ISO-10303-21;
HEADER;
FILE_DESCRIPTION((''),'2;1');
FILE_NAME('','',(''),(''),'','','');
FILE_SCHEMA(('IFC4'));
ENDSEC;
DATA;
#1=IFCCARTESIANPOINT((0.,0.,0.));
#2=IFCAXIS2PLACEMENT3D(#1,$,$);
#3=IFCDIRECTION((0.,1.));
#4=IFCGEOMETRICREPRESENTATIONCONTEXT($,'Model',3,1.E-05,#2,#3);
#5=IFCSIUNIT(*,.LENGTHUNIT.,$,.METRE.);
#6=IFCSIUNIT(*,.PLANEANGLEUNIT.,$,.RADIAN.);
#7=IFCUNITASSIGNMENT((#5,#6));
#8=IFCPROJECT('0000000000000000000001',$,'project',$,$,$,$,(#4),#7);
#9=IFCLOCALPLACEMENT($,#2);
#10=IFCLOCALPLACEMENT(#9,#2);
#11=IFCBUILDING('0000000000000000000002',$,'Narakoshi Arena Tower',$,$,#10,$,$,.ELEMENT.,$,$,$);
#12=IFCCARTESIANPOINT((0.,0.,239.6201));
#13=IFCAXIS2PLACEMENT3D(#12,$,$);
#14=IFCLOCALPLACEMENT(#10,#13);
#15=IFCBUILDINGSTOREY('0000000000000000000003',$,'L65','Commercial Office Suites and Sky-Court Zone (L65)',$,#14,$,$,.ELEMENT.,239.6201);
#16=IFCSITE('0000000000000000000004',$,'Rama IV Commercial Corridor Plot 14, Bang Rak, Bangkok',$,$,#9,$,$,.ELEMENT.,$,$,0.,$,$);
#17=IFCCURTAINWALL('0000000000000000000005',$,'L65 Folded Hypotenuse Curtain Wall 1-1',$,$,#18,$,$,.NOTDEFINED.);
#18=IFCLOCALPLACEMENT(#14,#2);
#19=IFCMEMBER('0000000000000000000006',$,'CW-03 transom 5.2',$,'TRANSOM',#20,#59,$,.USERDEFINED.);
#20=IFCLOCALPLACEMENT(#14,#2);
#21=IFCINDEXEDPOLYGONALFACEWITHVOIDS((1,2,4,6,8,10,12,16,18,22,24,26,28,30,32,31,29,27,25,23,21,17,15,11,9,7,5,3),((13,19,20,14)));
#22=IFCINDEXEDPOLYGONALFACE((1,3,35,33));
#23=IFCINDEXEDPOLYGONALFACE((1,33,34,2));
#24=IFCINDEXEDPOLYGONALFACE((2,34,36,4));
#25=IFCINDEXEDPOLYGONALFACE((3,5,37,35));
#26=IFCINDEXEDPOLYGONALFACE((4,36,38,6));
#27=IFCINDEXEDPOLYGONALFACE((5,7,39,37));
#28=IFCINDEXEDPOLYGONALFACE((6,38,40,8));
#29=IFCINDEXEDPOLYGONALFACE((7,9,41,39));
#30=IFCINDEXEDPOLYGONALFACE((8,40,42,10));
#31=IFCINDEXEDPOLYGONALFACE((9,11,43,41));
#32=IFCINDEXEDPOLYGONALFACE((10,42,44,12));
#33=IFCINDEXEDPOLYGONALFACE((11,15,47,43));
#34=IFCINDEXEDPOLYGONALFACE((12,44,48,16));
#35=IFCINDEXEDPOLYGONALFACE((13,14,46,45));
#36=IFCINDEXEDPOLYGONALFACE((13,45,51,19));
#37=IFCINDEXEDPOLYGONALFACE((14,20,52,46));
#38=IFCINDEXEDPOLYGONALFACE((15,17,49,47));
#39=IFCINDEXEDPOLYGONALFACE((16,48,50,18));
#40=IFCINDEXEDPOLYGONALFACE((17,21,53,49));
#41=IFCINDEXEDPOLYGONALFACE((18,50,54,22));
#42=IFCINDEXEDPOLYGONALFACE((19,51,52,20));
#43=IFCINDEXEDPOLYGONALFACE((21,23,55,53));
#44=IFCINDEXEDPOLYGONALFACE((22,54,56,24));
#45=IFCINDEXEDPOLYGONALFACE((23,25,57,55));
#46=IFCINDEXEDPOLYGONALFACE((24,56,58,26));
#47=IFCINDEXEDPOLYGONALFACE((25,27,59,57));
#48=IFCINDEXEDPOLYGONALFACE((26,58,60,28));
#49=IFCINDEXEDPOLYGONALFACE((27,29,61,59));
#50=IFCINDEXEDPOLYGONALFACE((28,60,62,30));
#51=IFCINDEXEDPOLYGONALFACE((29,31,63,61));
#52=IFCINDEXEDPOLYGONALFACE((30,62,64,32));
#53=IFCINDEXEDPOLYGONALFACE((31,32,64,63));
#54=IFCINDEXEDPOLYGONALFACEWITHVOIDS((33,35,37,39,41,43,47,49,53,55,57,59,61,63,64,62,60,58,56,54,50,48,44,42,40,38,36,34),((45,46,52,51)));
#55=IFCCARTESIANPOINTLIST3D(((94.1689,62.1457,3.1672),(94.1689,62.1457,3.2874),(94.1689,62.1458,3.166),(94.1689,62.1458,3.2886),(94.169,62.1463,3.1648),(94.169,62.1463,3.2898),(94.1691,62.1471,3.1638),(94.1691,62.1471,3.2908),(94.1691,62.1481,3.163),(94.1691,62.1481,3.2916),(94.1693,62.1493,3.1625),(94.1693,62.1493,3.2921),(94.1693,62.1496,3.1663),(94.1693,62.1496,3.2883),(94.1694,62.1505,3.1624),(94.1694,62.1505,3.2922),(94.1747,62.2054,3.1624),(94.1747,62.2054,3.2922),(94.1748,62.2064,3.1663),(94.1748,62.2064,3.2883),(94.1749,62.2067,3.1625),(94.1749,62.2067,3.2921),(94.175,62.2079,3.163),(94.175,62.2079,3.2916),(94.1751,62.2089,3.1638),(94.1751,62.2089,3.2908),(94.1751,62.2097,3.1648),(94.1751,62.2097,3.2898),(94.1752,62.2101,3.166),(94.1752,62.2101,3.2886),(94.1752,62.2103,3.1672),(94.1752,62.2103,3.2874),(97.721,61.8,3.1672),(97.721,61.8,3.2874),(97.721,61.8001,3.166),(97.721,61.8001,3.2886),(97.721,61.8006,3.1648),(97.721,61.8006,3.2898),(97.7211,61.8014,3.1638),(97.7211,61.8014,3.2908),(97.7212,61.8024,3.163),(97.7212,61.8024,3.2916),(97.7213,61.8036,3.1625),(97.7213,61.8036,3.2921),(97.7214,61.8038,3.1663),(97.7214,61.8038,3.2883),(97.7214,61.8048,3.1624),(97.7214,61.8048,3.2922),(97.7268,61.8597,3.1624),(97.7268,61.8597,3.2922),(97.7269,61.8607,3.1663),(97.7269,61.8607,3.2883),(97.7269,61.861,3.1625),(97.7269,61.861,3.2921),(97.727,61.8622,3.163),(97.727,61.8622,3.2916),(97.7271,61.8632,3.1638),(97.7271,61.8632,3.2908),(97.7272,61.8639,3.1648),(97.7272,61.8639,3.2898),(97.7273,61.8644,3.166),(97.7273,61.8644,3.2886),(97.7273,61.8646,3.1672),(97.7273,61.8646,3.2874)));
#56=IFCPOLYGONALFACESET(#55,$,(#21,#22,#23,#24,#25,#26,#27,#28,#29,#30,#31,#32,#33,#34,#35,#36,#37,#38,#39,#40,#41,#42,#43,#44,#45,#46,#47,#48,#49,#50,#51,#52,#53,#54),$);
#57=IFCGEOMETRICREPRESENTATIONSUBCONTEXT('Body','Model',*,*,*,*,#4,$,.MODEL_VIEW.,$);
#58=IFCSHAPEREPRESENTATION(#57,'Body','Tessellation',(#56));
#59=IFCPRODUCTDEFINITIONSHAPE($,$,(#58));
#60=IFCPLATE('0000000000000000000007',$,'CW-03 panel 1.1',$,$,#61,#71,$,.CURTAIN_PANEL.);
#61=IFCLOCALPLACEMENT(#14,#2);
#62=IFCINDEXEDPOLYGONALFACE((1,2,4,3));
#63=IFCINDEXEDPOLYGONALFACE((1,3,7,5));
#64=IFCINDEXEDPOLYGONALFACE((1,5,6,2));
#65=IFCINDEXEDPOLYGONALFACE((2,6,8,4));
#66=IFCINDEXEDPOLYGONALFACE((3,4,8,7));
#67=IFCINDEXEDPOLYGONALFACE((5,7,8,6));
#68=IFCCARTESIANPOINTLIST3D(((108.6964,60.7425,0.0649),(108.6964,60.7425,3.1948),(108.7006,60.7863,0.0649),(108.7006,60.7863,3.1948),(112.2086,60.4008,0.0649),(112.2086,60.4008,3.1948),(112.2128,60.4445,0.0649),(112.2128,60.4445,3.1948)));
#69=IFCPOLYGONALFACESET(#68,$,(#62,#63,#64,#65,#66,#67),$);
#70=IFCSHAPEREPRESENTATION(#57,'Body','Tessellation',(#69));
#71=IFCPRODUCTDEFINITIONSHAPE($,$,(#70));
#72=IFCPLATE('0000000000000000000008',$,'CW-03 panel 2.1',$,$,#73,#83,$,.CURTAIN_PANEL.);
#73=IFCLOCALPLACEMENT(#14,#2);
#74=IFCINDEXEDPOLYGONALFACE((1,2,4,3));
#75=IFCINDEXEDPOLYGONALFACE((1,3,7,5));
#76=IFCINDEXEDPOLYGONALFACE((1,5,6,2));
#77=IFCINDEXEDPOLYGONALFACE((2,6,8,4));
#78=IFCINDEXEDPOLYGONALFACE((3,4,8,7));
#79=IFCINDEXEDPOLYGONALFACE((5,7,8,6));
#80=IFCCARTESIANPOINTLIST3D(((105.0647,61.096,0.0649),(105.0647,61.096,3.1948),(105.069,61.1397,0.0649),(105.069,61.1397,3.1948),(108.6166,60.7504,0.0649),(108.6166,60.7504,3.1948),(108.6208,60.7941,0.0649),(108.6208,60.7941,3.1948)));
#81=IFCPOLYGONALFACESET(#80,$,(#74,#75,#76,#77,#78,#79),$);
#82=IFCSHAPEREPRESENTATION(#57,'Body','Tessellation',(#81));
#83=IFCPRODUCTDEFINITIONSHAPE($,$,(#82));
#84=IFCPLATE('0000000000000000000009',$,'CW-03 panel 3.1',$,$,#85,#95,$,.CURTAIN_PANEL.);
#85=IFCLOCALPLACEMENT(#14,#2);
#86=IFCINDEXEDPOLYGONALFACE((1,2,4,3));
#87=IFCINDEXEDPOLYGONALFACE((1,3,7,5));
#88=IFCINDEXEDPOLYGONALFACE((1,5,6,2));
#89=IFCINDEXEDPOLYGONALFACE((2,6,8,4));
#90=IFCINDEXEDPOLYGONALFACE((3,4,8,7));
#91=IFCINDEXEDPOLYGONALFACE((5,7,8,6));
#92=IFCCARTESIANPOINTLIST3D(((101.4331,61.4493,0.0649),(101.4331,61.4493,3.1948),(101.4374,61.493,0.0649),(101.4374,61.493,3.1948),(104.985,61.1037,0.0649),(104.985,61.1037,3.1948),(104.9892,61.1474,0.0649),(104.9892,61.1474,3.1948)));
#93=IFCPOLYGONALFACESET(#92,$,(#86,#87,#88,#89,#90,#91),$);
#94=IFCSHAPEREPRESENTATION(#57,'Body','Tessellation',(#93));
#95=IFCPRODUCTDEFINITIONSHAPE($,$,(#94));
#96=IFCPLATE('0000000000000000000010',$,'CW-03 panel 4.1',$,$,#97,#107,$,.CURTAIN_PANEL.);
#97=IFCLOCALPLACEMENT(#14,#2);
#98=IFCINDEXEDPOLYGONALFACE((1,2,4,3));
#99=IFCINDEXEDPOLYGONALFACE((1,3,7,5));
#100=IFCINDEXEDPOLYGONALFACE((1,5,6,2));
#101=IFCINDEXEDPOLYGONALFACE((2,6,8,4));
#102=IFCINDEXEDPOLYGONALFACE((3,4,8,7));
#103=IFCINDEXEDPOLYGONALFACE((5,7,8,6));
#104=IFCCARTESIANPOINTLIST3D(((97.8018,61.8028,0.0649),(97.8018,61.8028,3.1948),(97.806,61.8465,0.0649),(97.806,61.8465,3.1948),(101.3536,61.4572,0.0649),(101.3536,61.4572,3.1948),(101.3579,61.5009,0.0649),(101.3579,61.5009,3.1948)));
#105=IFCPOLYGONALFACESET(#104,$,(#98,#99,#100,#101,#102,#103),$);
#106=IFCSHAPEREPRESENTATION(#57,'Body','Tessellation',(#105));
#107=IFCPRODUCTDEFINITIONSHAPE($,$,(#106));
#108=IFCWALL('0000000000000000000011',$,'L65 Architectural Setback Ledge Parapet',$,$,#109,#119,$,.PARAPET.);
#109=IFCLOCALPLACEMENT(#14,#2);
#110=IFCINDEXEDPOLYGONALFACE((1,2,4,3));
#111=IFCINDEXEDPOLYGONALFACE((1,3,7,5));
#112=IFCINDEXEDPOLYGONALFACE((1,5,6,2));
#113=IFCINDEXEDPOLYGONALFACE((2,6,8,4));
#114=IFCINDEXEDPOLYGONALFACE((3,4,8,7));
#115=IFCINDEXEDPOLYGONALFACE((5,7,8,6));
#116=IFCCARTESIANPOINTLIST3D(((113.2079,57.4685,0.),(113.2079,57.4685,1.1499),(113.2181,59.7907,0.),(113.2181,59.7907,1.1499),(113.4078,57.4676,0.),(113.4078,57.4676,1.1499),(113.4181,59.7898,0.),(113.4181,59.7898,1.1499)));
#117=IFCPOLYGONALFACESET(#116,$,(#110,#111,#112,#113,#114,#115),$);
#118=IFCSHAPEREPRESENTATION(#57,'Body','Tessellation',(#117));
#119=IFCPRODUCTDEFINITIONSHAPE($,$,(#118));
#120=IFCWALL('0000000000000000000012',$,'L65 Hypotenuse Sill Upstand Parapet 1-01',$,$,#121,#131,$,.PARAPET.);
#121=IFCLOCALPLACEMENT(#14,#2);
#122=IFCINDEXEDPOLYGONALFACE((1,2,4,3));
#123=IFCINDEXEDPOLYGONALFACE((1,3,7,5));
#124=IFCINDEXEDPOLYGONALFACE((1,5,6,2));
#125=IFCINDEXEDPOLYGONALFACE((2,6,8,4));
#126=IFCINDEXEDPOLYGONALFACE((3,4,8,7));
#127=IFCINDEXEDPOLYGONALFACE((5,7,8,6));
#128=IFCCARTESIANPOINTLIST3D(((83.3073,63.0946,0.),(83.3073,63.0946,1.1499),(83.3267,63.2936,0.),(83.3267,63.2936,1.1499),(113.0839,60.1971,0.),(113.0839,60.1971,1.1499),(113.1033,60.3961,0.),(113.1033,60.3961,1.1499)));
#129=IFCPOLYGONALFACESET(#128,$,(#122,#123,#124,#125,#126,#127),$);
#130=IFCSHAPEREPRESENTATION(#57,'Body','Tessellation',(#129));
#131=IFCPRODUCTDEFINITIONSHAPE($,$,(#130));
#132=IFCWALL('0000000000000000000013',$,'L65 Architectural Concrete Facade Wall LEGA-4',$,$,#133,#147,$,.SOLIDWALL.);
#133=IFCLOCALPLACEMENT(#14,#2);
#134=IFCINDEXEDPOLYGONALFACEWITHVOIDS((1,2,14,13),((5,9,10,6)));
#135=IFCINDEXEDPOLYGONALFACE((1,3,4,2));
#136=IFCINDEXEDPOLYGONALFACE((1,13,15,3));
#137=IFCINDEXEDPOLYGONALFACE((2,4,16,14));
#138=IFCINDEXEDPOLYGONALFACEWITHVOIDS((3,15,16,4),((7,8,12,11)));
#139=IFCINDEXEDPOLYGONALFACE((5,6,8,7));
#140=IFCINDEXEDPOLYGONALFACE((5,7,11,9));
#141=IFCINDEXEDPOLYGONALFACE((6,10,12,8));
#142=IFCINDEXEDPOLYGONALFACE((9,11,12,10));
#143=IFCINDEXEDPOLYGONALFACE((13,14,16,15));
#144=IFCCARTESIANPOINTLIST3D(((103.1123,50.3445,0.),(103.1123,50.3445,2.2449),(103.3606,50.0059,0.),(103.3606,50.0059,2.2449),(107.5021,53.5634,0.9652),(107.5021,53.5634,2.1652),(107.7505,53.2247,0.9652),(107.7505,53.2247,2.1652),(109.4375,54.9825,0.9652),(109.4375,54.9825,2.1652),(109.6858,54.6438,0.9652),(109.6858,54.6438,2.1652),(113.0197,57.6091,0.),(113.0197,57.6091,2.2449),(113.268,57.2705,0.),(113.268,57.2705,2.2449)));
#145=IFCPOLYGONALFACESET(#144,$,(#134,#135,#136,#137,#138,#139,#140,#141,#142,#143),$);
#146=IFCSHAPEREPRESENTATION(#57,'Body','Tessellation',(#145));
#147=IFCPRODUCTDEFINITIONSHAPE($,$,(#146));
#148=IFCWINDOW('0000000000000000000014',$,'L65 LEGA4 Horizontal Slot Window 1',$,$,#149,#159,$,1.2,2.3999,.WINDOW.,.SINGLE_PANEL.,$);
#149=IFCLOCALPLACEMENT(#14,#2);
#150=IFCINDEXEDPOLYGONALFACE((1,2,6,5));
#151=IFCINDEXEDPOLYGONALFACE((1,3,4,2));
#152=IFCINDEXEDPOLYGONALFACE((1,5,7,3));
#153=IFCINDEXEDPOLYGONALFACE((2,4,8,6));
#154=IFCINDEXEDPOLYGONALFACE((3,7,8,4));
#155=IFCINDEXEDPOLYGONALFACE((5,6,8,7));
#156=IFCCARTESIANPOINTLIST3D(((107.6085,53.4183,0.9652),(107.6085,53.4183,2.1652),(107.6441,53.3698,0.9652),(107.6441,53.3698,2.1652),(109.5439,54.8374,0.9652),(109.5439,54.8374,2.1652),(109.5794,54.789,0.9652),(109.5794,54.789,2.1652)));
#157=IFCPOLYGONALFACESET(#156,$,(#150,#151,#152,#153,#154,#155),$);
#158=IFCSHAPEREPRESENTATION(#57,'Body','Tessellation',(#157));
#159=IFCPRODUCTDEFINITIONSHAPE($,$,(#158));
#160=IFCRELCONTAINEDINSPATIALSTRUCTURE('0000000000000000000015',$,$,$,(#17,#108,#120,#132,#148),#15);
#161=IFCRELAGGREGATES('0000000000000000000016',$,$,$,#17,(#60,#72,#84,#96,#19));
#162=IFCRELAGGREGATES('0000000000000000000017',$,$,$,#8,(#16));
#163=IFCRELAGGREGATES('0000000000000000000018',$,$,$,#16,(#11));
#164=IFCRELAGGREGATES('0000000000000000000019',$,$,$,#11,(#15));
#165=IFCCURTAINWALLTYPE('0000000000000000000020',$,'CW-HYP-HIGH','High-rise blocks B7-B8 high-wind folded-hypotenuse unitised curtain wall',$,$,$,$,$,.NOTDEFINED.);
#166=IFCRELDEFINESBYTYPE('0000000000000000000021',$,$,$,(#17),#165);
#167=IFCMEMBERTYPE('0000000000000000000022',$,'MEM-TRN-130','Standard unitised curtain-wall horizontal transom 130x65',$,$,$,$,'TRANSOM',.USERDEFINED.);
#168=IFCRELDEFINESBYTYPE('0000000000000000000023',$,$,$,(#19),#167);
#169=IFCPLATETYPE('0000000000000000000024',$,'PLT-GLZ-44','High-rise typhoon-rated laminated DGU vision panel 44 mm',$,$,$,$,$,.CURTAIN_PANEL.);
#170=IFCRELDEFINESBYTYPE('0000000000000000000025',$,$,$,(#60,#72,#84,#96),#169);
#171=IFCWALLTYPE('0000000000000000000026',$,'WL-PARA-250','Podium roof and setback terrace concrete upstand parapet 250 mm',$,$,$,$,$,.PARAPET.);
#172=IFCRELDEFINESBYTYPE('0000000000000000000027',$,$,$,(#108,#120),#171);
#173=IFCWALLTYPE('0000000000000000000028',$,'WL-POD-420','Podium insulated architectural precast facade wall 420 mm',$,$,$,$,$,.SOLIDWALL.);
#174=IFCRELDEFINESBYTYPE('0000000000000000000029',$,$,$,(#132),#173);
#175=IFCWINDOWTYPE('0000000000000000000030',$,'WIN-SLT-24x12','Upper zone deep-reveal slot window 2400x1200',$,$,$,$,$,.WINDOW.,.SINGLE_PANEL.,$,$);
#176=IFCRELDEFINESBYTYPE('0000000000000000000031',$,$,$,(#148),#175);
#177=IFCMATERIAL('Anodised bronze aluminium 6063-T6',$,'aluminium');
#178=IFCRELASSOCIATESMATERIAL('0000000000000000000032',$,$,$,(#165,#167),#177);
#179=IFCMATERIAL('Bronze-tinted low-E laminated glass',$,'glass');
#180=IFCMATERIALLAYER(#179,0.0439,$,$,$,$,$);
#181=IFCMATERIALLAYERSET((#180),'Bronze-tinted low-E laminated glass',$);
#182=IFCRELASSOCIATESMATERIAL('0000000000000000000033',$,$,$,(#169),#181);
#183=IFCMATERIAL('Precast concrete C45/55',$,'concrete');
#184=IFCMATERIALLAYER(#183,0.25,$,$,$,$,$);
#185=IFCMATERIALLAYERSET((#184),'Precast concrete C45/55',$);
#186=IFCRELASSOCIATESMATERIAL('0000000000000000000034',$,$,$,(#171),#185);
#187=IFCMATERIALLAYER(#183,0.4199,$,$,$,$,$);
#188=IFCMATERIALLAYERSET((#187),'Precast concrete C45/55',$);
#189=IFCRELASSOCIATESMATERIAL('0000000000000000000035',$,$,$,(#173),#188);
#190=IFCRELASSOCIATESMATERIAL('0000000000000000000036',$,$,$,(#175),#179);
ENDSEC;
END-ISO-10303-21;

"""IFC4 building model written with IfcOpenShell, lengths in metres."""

from ifc_helpers import new_model, si_unit, direction, frame, frame_2d, origin, origin_2d, place, context, subcontext, project, spatial, rectangle, hollow_rectangle, extrude, material, layer, layer_set, material_profile, profile_set, type_object, element, fill, aggregate, save


model = new_model("IFC4")

# Units and contexts
model_context = context("Model", 3, precision=1e-05, world=origin(), true_north=direction((0.0, 1.0)))
body_context = subcontext(model_context, "Body", "Model", "MODEL_VIEW")
ifc_project = project(units=[si_unit("LENGTHUNIT", "METRE"), si_unit("PLANEANGLEUNIT", "RADIAN")], contexts=[model_context])

# Site, building, storey
site_placement = place(None, origin())
site = spatial("IfcSite", under=ifc_project, at=site_placement, Name="Rama IV Commercial Corridor Plot 14, Bang Rak, Bangkok", CompositionType="ELEMENT", RefElevation=0.0)
building_placement = place(site_placement, origin())
building = spatial("IfcBuilding", under=site, at=building_placement, Name="Narakoshi Arena Tower", CompositionType="ELEMENT")
storey_placement = place(building_placement, frame((0.0, 0.0, 239.6201)))
storey = spatial("IfcBuildingStorey", under=building, at=storey_placement, Name="L65", Description="Commercial Office Suites and Sky-Court Zone (L65)", CompositionType="ELEMENT", Elevation=239.6201)

# Curtain wall, member, plates
ifc_material_1 = material(Name="Anodised bronze aluminium 6063-T6", Category="aluminium")
curtain_wall_type = type_object("IfcCurtainWallType", Name="CW-HYP-HIGH", Description="High-rise blocks B7-B8 high-wind folded-hypotenuse unitised curtain wall", PredefinedType="NOTDEFINED", material=ifc_material_1)
curtain_wall_placement = place(storey_placement, origin())
curtain_wall = element("IfcCurtainWall", 1, at=curtain_wall_placement, inside=storey, type_object=curtain_wall_type, Name="L65 Folded Hypotenuse Curtain Wall 1-1", PredefinedType="NOTDEFINED")
ifc_material_profile_1 = material_profile(ifc_material_1, hollow_rectangle(XDim=0.0649, YDim=0.1299, WallThickness=0.0039, OuterFilletRadius=0.0049, at=origin_2d()), Name="TRN130x65x4")
ifc_profile_set_1 = profile_set([ifc_material_profile_1], Name="Anodised bronze aluminium 6063-T6")
member_type_1 = type_object("IfcMemberType", Name="MEM-TRN-130", Description="Standard unitised curtain-wall horizontal transom 130x65", ElementType="TRANSOM", PredefinedType="USERDEFINED", material=ifc_profile_set_1)
member_1_placement = place(storey_placement, frame((97.7241, 61.8323, 3.2273), z_axis=(-0.995297, 0.096869, 0.0), x_axis=(-0.096869, -0.995297, 0.0)))
member_1 = element("IfcMember", 2, at=member_1_placement, type_object=member_type_1, Name="CW-03 transom 5.2", ObjectType="TRANSOM", PredefinedType="USERDEFINED", context=body_context, shape_type="SweptSolid", body=[
    extrude(hollow_rectangle(XDim=0.0649, YDim=0.1299, WallThickness=0.0039, OuterFilletRadius=0.0049, at=origin_2d()), origin(), (0.0, 0.0, 1.0), 3.5688),
])
ifc_material_2 = material(Name="Bronze-tinted low-E laminated glass", Category="glass")
ifc_layer_1 = layer(ifc_material_2, 0.0439)
ifc_layer_set_1 = layer_set([ifc_layer_1], Name="Bronze-tinted low-E laminated glass")
plate_type = type_object("IfcPlateType", Name="PLT-GLZ-44", Description="High-rise typhoon-rated laminated DGU vision panel 44 mm", PredefinedType="CURTAIN_PANEL", material=ifc_layer_set_1)
plate_1_placement = place(storey_placement, frame((110.4546, 60.5935, 0.0649), z_axis=(0.0, 0.0, 1.0), x_axis=(-0.995299, 0.096851, 0.0)))
plate_1 = element("IfcPlate", 3, at=plate_1_placement, type_object=plate_type, Name="CW-03 panel 1.1", PredefinedType="CURTAIN_PANEL", context=body_context, shape_type="SweptSolid", body=[
    extrude(rectangle(XDim=3.5288, YDim=0.0439, at=origin_2d()), origin(), (0.0, 0.0, 1.0), 3.1299),
])
plate_2_placement = place(storey_placement, frame((106.8428, 60.9451, 0.0649), z_axis=(0.0, 0.0, 1.0), x_axis=(-0.995299, 0.096851, 0.0)))
plate_2 = element("IfcPlate", 4, at=plate_2_placement, type_object=plate_type, Name="CW-03 panel 2.1", PredefinedType="CURTAIN_PANEL", context=body_context, shape_type="SweptSolid", body=[
    extrude(rectangle(XDim=3.5686, YDim=0.0439, at=origin_2d()), origin(), (0.0, 0.0, 1.0), 3.1299),
])
plate_3_placement = place(storey_placement, frame((103.2112, 61.2983, 0.0649), z_axis=(0.0, 0.0, 1.0), x_axis=(-0.995299, 0.096851, 0.0)))
plate_3 = element("IfcPlate", 5, at=plate_3_placement, type_object=plate_type, Name="CW-03 panel 3.1", PredefinedType="CURTAIN_PANEL", context=body_context, shape_type="SweptSolid", body=[
    extrude(rectangle(XDim=3.5686, YDim=0.0439, at=origin_2d()), origin(), (0.0, 0.0, 1.0), 3.1299),
])
plate_4_placement = place(storey_placement, frame((99.5798, 61.6519, 0.0649), z_axis=(0.0, 0.0, 1.0), x_axis=(-0.995299, 0.096851, 0.0)))
plate_4 = element("IfcPlate", 6, at=plate_4_placement, type_object=plate_type, Name="CW-03 panel 4.1", PredefinedType="CURTAIN_PANEL", context=body_context, shape_type="SweptSolid", body=[
    extrude(rectangle(XDim=3.5686, YDim=0.0439, at=origin_2d()), origin(), (0.0, 0.0, 1.0), 3.1299),
])
aggregate(curtain_wall, [plate_1, plate_2, plate_3, plate_4, member_1])

# Walls
ifc_material_3 = material(Name="Precast concrete C45/55", Category="concrete")
ifc_layer_2 = layer(ifc_material_3, 0.25)
ifc_layer_set_2 = layer_set([ifc_layer_2], Name="Precast concrete C45/55")
wall_type_1 = type_object("IfcWallType", Name="WL-PARA-250", Description="Podium roof and setback terrace concrete upstand parapet 250 mm", PredefinedType="PARAPET", material=ifc_layer_set_2)
wall_1_placement = place(storey_placement, frame((113.3079, 57.468, 0.0), z_axis=(0.0, 0.0, 1.0), x_axis=(0.004415, 0.99999, 0.0)))
element("IfcWall", 7, at=wall_1_placement, inside=storey, type_object=wall_type_1, Name="L65 Architectural Setback Ledge Parapet", PredefinedType="PARAPET", context=body_context, shape_type="SweptSolid", body=[
    extrude(rectangle(XDim=2.3223, YDim=0.2, at=frame_2d((1.1611, 0.0))), origin(), (0.0, 0.0, 1.0), 1.1499),
])
wall_2_placement = place(storey_placement, frame((113.0935, 60.2966, 0.0), z_axis=(0.0, 0.0, 1.0), x_axis=(-0.995299, 0.096849, 0.0)))
element("IfcWall", 8, at=wall_2_placement, inside=storey, type_object=wall_type_1, Name="L65 Hypotenuse Sill Upstand Parapet 1-01", PredefinedType="PARAPET", context=body_context, shape_type="SweptSolid", body=[
    extrude(rectangle(XDim=29.9172, YDim=0.2, at=frame_2d((14.9585, 0.0))), origin(), (0.0, 0.0, 1.0), 1.1499),
])

# Wall, opening, window
ifc_layer_3 = layer(ifc_material_3, 0.4199)
ifc_layer_set_3 = layer_set([ifc_layer_3], Name="Precast concrete C45/55")
wall_type_2 = type_object("IfcWallType", Name="WL-POD-420", Description="Podium insulated architectural precast facade wall 420 mm", PredefinedType="SOLIDWALL", material=ifc_layer_set_3)
wall_3_placement = place(storey_placement, frame((103.2366, 50.1753, 0.0), z_axis=(0.0, 0.0, 1.0), x_axis=(0.806437, 0.59132, 0.0)))
wall_3 = element("IfcWall", 9, at=wall_3_placement, inside=storey, type_object=wall_type_2, Name="L65 Architectural Concrete Facade Wall LEGA-4", PredefinedType="SOLIDWALL", context=body_context, shape_type="SweptSolid", body=[
    extrude(rectangle(XDim=12.2854, YDim=0.4199, at=frame_2d((6.1426, 0.0))), origin(), (0.0, 0.0, 1.0), 2.2449),
])
opening_1_placement = place(wall_3_placement, frame((5.4434, 0.0, 0.9651)))
opening_1 = element("IfcOpeningElement", 10, at=opening_1_placement, cuts=wall_3, PredefinedType="OPENING", context=body_context, shape_type="SweptSolid", body=[
    extrude(rectangle(XDim=2.3999, YDim=1.2, at=frame_2d((1.2, 0.6001))), frame((0.0, 0.22, 0.0), z_axis=(0.0, -1.0, 0.0), x_axis=(1.0, 0.0, 0.0)), (0.0, 0.0, 1.0), 0.4399),
])
window_type_1 = type_object("IfcWindowType", Name="WIN-SLT-24x12", Description="Upper zone deep-reveal slot window 2400x1200", PartitioningType="SINGLE_PANEL", PredefinedType="WINDOW", material=ifc_material_2)
window_1_placement = place(opening_1_placement, origin())
window_1 = element("IfcWindow", 11, at=window_1_placement, inside=storey, type_object=window_type_1, Name="L65 LEGA4 Horizontal Slot Window 1", OverallHeight=1.2, OverallWidth=2.3999, PartitioningType="SINGLE_PANEL", PredefinedType="WINDOW", context=body_context, shape_type="SweptSolid", body=[
    extrude(rectangle(XDim=2.3999, YDim=1.2, at=frame_2d((1.2, 0.6001))), frame((0.0, 0.03, 0.0), z_axis=(0.0, -1.0, 0.0), x_axis=(1.0, 0.0, 0.0)), (0.0, 0.0, 1.0), 0.0601),
])
fill(opening_1, window_1)

save(model, "model.ifc")
